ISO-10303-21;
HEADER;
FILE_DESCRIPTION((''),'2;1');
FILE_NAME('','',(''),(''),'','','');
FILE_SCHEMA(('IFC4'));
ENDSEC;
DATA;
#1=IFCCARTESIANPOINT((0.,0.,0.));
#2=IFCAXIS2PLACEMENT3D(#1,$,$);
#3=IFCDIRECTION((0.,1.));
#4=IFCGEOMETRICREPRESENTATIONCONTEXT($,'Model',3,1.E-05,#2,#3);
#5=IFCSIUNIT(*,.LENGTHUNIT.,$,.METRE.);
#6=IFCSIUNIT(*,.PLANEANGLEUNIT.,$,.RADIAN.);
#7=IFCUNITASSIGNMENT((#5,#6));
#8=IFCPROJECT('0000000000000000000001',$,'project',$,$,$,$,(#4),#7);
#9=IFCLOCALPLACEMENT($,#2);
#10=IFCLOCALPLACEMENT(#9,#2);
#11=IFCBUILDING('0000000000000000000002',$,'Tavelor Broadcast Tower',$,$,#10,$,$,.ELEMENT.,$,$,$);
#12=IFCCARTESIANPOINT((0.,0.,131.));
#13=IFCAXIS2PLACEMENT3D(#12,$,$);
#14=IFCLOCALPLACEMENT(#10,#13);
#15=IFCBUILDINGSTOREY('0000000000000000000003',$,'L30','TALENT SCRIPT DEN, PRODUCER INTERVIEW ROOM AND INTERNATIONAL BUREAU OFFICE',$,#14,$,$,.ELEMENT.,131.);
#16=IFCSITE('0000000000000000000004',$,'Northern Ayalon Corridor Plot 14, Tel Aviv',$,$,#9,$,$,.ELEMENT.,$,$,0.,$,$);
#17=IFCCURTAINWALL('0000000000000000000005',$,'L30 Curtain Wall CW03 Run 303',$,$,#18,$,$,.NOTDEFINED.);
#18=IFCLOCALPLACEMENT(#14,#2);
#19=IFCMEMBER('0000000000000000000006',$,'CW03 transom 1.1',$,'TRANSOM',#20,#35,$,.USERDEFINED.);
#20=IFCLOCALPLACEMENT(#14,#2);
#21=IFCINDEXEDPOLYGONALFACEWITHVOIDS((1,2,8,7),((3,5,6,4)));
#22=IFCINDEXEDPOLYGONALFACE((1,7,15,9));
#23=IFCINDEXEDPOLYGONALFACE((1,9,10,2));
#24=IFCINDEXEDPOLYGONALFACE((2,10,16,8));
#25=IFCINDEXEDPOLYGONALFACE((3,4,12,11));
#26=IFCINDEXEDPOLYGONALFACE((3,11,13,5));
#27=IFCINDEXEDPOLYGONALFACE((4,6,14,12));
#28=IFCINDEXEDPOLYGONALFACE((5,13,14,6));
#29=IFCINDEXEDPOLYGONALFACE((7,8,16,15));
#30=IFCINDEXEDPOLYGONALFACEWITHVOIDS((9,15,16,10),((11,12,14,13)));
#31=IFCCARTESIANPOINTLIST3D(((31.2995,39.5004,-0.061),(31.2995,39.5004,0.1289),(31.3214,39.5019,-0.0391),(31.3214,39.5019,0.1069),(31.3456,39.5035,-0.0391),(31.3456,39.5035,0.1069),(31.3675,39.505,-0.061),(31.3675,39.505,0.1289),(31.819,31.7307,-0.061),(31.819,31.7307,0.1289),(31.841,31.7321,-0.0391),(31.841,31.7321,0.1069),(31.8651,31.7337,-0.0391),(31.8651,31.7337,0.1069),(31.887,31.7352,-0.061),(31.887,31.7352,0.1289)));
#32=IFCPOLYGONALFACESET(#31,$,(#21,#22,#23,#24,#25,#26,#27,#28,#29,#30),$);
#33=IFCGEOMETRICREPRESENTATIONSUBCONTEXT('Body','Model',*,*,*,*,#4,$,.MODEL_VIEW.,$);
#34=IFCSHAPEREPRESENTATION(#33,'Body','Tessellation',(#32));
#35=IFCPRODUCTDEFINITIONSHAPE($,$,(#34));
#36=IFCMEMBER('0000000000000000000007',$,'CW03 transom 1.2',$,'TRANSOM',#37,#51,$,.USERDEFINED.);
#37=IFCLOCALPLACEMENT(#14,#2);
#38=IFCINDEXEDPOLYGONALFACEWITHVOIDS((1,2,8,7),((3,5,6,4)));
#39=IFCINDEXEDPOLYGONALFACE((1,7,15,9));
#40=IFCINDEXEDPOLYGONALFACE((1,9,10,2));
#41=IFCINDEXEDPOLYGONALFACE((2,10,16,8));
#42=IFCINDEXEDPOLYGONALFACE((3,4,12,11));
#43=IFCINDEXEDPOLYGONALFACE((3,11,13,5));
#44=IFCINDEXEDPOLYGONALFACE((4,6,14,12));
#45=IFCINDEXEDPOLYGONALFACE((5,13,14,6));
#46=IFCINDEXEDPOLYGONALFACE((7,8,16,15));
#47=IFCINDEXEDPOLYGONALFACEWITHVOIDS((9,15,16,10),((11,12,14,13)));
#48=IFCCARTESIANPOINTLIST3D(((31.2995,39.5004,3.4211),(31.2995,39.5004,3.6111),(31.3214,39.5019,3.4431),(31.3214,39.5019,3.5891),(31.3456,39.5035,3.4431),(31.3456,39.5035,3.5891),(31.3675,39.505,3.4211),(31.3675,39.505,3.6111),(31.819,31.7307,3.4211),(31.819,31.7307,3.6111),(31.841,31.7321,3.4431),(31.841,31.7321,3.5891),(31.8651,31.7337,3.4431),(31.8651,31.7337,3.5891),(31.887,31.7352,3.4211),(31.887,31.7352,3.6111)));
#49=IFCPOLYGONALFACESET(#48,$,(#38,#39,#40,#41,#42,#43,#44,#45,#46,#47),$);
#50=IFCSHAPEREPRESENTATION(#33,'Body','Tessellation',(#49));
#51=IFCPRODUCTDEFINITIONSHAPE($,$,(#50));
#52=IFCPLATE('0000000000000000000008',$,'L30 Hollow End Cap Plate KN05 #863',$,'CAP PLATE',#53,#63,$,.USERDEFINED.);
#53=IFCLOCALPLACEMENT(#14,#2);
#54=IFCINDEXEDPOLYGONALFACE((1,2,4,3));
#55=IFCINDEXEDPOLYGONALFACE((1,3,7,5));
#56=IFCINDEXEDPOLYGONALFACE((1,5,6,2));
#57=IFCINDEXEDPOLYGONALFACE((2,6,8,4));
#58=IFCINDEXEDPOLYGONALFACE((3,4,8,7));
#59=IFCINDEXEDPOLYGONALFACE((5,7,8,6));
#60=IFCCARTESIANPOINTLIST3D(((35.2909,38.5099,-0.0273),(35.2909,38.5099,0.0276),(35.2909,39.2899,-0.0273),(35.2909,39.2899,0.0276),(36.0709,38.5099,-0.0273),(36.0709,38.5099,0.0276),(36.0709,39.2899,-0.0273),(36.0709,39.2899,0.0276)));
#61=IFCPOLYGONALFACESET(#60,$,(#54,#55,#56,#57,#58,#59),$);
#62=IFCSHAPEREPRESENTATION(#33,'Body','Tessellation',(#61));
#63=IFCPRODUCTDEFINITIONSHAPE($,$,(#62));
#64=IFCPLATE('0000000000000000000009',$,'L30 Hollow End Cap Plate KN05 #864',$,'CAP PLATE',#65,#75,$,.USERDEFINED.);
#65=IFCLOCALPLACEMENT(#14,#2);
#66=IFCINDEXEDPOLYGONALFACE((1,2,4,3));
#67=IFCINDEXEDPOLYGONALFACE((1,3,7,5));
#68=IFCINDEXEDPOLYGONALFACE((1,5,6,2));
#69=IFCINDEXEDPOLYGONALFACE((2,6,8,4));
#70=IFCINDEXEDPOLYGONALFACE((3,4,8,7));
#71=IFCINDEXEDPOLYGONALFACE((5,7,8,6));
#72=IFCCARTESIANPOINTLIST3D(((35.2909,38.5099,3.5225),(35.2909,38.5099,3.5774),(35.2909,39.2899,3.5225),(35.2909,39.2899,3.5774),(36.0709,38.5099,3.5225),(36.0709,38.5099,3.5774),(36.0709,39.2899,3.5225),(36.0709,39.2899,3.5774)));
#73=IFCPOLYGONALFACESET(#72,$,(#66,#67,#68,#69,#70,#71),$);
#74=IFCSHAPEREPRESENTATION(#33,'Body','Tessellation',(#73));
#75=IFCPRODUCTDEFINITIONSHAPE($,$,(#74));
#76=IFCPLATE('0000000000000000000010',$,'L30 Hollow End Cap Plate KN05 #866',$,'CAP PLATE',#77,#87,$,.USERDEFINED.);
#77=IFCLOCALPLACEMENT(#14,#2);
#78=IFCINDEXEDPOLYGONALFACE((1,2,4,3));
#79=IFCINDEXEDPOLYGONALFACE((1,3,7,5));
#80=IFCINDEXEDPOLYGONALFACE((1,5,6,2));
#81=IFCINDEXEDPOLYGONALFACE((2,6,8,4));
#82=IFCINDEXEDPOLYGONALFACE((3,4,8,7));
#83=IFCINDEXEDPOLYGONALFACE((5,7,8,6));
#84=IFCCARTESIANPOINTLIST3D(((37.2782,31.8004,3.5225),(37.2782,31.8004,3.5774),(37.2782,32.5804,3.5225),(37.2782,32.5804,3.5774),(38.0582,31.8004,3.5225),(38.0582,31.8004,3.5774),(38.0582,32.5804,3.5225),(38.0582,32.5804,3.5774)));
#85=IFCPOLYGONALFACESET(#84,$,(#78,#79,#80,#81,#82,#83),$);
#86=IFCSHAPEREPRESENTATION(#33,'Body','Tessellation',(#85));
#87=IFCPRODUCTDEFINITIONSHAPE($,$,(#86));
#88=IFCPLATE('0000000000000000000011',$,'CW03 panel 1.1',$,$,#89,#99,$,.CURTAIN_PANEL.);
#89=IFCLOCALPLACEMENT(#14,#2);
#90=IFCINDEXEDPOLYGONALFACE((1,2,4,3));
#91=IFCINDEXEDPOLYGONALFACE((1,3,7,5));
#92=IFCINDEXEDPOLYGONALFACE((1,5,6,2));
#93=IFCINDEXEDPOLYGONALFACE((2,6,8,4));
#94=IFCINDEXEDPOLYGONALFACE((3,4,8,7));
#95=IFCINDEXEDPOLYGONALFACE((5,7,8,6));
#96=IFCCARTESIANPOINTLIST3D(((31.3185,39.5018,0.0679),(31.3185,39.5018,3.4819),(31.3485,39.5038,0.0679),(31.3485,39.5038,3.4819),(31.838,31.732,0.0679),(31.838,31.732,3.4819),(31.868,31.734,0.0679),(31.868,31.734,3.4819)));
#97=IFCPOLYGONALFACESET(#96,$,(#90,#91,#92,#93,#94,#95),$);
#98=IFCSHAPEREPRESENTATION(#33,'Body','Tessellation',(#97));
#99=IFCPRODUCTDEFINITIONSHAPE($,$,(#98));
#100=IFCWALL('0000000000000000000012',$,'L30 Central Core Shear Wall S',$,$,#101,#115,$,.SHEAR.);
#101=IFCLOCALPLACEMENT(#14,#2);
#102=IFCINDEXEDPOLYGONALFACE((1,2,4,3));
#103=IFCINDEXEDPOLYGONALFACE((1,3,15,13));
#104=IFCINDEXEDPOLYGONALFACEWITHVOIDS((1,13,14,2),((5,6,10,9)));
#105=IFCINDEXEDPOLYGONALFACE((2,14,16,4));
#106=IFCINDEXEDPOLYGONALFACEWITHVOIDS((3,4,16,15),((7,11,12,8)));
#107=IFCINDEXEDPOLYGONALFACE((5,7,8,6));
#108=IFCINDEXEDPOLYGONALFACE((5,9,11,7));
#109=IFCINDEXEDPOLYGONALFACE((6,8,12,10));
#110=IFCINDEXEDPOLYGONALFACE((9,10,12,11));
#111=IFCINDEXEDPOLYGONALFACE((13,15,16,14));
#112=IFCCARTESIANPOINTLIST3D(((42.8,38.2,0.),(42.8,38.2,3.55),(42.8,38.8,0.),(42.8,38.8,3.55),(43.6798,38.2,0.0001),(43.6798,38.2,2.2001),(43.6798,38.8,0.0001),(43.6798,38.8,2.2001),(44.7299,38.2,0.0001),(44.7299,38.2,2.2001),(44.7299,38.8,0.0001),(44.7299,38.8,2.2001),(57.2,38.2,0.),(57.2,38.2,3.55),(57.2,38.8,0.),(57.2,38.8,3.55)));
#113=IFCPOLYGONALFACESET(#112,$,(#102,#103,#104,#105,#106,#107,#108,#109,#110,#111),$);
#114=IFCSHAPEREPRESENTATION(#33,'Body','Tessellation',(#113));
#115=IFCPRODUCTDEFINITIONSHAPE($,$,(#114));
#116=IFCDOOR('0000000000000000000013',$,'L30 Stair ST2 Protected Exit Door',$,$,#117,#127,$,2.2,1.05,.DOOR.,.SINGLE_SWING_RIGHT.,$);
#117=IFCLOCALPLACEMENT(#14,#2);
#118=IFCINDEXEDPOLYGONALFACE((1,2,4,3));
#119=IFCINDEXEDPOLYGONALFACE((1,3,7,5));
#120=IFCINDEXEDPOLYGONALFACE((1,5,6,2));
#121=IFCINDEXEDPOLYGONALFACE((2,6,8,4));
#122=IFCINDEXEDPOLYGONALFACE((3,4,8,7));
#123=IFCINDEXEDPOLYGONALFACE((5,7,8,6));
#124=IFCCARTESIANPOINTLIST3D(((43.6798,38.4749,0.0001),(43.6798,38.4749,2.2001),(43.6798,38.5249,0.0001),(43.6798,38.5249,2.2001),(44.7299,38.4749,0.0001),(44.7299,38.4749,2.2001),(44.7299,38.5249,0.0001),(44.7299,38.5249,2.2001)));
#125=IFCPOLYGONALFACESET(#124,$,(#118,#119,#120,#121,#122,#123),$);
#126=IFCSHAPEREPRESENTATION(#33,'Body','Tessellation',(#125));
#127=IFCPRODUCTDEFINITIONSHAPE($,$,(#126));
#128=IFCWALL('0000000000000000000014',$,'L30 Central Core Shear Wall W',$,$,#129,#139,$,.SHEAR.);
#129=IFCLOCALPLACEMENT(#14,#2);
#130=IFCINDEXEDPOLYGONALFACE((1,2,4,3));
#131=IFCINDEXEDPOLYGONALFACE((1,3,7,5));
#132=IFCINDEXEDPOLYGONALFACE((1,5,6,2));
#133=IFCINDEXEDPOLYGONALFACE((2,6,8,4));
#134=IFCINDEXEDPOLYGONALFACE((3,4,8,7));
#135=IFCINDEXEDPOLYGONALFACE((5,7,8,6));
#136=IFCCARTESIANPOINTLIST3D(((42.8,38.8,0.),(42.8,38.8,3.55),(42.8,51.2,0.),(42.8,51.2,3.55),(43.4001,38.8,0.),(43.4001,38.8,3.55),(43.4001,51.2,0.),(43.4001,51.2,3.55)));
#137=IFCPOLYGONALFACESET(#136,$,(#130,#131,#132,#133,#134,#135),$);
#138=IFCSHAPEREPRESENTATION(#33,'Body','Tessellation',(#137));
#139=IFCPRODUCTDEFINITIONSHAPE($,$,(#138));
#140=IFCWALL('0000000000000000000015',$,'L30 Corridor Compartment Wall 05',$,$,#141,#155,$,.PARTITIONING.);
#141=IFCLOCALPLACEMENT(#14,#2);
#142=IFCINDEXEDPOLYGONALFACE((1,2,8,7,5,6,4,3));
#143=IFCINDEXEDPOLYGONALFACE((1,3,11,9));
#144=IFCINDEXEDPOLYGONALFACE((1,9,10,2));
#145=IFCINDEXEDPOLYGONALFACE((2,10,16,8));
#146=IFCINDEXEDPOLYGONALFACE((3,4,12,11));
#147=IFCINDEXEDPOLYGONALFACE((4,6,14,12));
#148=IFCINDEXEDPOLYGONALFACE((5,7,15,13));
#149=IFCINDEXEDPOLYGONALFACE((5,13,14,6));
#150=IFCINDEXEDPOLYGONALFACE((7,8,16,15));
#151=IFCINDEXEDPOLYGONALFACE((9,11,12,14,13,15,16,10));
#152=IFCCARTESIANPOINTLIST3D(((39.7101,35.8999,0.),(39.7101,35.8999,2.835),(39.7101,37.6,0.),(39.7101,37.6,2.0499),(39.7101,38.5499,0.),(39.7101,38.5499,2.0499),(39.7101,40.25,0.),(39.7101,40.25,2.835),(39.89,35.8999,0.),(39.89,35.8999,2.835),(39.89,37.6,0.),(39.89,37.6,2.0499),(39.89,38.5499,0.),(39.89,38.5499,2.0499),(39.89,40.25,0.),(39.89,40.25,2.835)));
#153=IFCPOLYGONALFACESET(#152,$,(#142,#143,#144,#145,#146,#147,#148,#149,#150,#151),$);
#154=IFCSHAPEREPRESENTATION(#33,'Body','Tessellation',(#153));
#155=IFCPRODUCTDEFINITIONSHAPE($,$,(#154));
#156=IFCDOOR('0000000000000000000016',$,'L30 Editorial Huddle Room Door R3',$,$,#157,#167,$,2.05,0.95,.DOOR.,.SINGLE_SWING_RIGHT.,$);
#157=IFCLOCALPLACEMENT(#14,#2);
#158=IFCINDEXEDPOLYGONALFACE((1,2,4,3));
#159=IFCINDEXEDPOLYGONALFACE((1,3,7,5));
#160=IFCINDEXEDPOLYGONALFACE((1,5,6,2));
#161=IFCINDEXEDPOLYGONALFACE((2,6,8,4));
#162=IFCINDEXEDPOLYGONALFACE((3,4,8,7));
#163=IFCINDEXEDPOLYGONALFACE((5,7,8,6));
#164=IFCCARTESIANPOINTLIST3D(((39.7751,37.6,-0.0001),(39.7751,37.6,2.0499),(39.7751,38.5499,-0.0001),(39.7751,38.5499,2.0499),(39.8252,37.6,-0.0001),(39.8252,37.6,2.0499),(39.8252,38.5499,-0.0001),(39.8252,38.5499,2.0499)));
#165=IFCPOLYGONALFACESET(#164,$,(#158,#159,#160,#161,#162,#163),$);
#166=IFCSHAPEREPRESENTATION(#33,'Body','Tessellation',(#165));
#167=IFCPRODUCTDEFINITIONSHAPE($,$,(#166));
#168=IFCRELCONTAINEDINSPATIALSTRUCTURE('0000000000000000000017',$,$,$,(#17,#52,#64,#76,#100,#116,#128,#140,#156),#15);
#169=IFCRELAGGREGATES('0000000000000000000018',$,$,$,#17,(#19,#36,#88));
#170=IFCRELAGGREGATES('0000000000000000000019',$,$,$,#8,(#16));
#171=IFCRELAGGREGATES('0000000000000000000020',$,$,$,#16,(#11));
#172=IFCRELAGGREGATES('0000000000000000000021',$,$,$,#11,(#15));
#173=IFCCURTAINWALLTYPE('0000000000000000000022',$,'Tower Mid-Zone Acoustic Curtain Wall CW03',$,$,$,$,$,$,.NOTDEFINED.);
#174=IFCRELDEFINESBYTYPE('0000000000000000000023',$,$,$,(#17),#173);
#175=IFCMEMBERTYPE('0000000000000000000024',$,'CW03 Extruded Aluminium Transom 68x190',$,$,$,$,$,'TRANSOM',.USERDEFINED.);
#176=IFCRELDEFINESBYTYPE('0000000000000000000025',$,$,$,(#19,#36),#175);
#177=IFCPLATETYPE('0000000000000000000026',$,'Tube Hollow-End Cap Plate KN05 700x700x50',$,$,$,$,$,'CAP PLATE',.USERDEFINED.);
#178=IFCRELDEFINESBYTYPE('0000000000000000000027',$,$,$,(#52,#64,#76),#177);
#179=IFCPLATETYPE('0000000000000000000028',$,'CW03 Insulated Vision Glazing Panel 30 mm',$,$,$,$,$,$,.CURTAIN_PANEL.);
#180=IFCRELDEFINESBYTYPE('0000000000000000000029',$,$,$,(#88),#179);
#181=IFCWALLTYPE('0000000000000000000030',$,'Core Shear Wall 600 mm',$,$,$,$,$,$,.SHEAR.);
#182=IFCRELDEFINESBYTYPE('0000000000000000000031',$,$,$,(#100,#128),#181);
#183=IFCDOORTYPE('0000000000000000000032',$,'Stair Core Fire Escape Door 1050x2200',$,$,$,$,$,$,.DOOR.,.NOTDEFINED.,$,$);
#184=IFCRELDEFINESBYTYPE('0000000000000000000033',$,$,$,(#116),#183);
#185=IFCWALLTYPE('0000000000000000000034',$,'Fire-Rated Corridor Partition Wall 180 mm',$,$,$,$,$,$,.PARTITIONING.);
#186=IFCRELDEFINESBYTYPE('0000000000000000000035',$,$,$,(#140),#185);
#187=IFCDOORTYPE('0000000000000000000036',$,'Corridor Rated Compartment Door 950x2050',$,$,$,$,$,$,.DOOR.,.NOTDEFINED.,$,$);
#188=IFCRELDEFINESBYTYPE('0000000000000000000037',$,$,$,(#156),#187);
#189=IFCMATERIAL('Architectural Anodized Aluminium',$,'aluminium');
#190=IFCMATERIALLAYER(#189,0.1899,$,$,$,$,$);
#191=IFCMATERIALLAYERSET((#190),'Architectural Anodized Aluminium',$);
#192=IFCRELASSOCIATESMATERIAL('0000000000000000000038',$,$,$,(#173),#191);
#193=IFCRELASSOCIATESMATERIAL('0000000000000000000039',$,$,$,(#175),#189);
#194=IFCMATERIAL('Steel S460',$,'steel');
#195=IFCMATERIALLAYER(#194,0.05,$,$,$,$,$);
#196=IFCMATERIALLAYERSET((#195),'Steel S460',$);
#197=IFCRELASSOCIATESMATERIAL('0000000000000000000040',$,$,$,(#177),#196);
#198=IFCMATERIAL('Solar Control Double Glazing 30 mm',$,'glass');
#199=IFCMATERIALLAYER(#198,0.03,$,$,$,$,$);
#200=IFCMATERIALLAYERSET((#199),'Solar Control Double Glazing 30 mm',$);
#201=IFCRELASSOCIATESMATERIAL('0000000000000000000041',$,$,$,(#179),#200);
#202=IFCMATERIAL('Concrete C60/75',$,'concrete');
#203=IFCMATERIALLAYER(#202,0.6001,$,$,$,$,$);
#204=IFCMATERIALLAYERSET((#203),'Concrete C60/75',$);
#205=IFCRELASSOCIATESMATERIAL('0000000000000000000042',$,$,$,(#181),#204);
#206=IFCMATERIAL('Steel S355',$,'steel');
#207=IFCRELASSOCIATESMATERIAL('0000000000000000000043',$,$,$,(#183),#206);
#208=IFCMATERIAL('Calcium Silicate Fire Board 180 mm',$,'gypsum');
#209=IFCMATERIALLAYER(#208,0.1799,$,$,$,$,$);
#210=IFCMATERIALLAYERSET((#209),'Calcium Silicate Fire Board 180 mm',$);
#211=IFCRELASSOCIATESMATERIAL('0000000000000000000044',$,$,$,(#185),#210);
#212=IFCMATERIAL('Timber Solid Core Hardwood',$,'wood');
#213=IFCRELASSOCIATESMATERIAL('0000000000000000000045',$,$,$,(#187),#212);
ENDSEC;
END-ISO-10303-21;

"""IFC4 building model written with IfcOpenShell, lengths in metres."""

from ifc_helpers import new_model, si_unit, direction, frame, frame_2d, origin, origin_2d, place, context, subcontext, project, spatial, rectangle, hollow_rectangle, extrude, source, transform, mapped, material, layer, layer_set, material_profile, profile_set, type_object, type_shapes, element, fill, aggregate, save


model = new_model("IFC4")

# Units and contexts
model_context = context("Model", 3, precision=1e-05, world=origin(), true_north=direction((0.0, 1.0)))
body_context = subcontext(model_context, "Body", "Model", "MODEL_VIEW")
ifc_project = project(units=[si_unit("LENGTHUNIT", "METRE"), si_unit("PLANEANGLEUNIT", "RADIAN")], contexts=[model_context])

# Site, building, storey
site_placement = place(None, origin())
site = spatial("IfcSite", under=ifc_project, at=site_placement, Name="Northern Ayalon Corridor Plot 14, Tel Aviv", CompositionType="ELEMENT", RefElevation=0.0)
building_placement = place(site_placement, origin())
building = spatial("IfcBuilding", under=site, at=building_placement, Name="Tavelor Broadcast Tower", CompositionType="ELEMENT")
storey_placement = place(building_placement, frame((0.0, 0.0, 131.0)))
storey = spatial("IfcBuildingStorey", under=building, at=storey_placement, Name="L30", Description="TALENT SCRIPT DEN, PRODUCER INTERVIEW ROOM AND INTERNATIONAL BUREAU OFFICE", CompositionType="ELEMENT", Elevation=131.0)

# Shared definitions
ifc_material_1 = material(Name="Steel S460", Category="steel")

# Shared definitions
ifc_material_2 = material(Name="Steel S355", Category="steel")

# Curtain wall, members
ifc_material_3 = material(Name="Architectural Anodized Aluminium", Category="aluminium")
ifc_layer_1 = layer(ifc_material_3, 0.1899)
ifc_layer_set_1 = layer_set([ifc_layer_1], Name="Architectural Anodized Aluminium")
curtain_wall_type = type_object("IfcCurtainWallType", Name="Tower Mid-Zone Acoustic Curtain Wall CW03", PredefinedType="NOTDEFINED", material=ifc_layer_set_1)
curtain_wall_placement = place(storey_placement, origin())
curtain_wall = element("IfcCurtainWall", 1, at=curtain_wall_placement, inside=storey, type_object=curtain_wall_type, Name="L30 Curtain Wall CW03 Run 303", PredefinedType="NOTDEFINED")
ifc_material_profile_1 = material_profile(ifc_material_3, hollow_rectangle(XDim=0.0681, YDim=0.1899, WallThickness=0.022, at=origin_2d()), Name="RHS 68x190x22")
ifc_profile_set_1 = profile_set([ifc_material_profile_1], Name="Architectural Anodized Aluminium")
member_type = type_object("IfcMemberType", Name="CW03 Extruded Aluminium Transom 68x190", ElementType="TRANSOM", PredefinedType="USERDEFINED", material=ifc_profile_set_1)
shared_shape_1 = source(origin(), body_context, "Body", "SweptSolid", [
    extrude(hollow_rectangle(XDim=0.0681, YDim=0.1899, WallThickness=0.022, at=origin_2d()), origin(), (0.0, 0.0, 1.0), 7.7871),
])
type_shapes(member_type, [shared_shape_1])
member_1_placement = place(storey_placement, frame((31.3335, 39.5027, 0.0339), z_axis=(0.066717, -0.997772, 0.0), x_axis=(0.997772, 0.066717, 0.0)))
member_1 = element("IfcMember", 2, at=member_1_placement, type_object=member_type, Name="CW03 transom 1.1", ObjectType="TRANSOM", PredefinedType="USERDEFINED", context=body_context, shape_type="MappedRepresentation", body=[
    mapped(shared_shape_1, transform((0.0, 0.0, 0.0), scale=1.0)),
])
member_2_placement = place(storey_placement, frame((31.3335, 39.5027, 3.5161), z_axis=(0.066717, -0.997772, 0.0), x_axis=(0.997772, 0.066717, 0.0)))
member_2 = element("IfcMember", 3, at=member_2_placement, type_object=member_type, Name="CW03 transom 1.2", ObjectType="TRANSOM", PredefinedType="USERDEFINED", context=body_context, shape_type="MappedRepresentation", body=[
    mapped(shared_shape_1, transform((0.0, 0.0, 0.0), scale=1.0)),
])

# Plates
ifc_layer_2 = layer(ifc_material_1, 0.05)
ifc_layer_set_2 = layer_set([ifc_layer_2], Name="Steel S460")
plate_type_1 = type_object("IfcPlateType", Name="Tube Hollow-End Cap Plate KN05 700x700x50", ElementType="CAP PLATE", PredefinedType="USERDEFINED", material=ifc_layer_set_2)
shared_shape_2 = source(origin(), body_context, "Body", "SweptSolid", [
    extrude(rectangle(XDim=0.78, YDim=0.78, at=origin_2d()), origin(), (0.0, 0.0, 1.0), 0.0549),
])
type_shapes(plate_type_1, [shared_shape_2])
for number, where, z_axis, x_axis, name in (
    (4, (35.6809, 38.8999, -0.0273), (0.0, 0.0, 1.0), (1.0, 0.0, 0.0), "L30 Hollow End Cap Plate KN05 #863"),
    (5, (35.6809, 38.8999, 3.5225), (0.0, 0.0, 1.0), (1.0, 0.0, 0.0), "L30 Hollow End Cap Plate KN05 #864"),
    (6, (37.6682, 32.1904, 3.5225), (0.0, 0.0, 1.0), (1.0, 0.0, 0.0), "L30 Hollow End Cap Plate KN05 #866"),
):
    element("IfcPlate", number, at=place(storey_placement, frame(where, z_axis=z_axis, x_axis=x_axis)), inside=storey, type_object=plate_type_1, Name=name, ObjectType="CAP PLATE", PredefinedType="USERDEFINED", context=body_context, shape_type="MappedRepresentation", body=[
        mapped(shared_shape_2, transform((0.0, 0.0, 0.0), scale=1.0)),
    ])

# Plate
ifc_material_4 = material(Name="Solar Control Double Glazing 30 mm", Category="glass")
ifc_layer_3 = layer(ifc_material_4, 0.03)
ifc_layer_set_3 = layer_set([ifc_layer_3], Name="Solar Control Double Glazing 30 mm")
plate_type_2 = type_object("IfcPlateType", Name="CW03 Insulated Vision Glazing Panel 30 mm", PredefinedType="CURTAIN_PANEL", material=ifc_layer_set_3)
shared_shape_3 = source(origin(), body_context, "Body", "SweptSolid", [
    extrude(rectangle(XDim=7.7871, YDim=0.03, at=origin_2d()), origin(), (0.0, 0.0, 1.0), 3.4141),
])
type_shapes(plate_type_2, [shared_shape_3])
plate_placement = place(storey_placement, frame((31.5933, 35.6179, 0.0679), z_axis=(0.0, 0.0, 1.0), x_axis=(0.066716, -0.997772, 0.0)))
plate = element("IfcPlate", 7, at=plate_placement, type_object=plate_type_2, Name="CW03 panel 1.1", PredefinedType="CURTAIN_PANEL", context=body_context, shape_type="MappedRepresentation", body=[
    mapped(shared_shape_3, transform((0.0, 0.0, 0.0), scale=1.0)),
])
aggregate(curtain_wall, [member_1, member_2, plate])

# Wall, opening, door
ifc_material_5 = material(Name="Concrete C60/75", Category="concrete")
ifc_layer_4 = layer(ifc_material_5, 0.6001)
ifc_layer_set_4 = layer_set([ifc_layer_4], Name="Concrete C60/75")
wall_type_1 = type_object("IfcWallType", Name="Core Shear Wall 600 mm", PredefinedType="SHEAR", material=ifc_layer_set_4)
wall_1_placement = place(storey_placement, frame((42.8, 38.5, 0.0), z_axis=(0.0, 0.0, 1.0), x_axis=(1.0, 0.0, 0.0)))
wall_1 = element("IfcWall", 8, at=wall_1_placement, inside=storey, type_object=wall_type_1, Name="L30 Central Core Shear Wall S", PredefinedType="SHEAR", context=body_context, shape_type="SweptSolid", body=[
    extrude(rectangle(XDim=14.3999, YDim=0.6001, at=frame_2d((7.2, 0.0))), origin(), (0.0, 0.0, 1.0), 3.55),
])
opening_1_placement = place(wall_1_placement, frame((0.8799, 0.0, 0.0)))
opening_1 = element("IfcOpeningElement", 9, at=opening_1_placement, cuts=wall_1, PredefinedType="OPENING", context=body_context, shape_type="SweptSolid", body=[
    extrude(rectangle(XDim=1.05, YDim=2.2, at=frame_2d((0.5249, 1.1001))), frame((0.0, 0.3101, 0.0), z_axis=(0.0, -1.0, 0.0), x_axis=(1.0, 0.0, 0.0)), (0.0, 0.0, 1.0), 0.6201),
])
door_type_1 = type_object("IfcDoorType", Name="Stair Core Fire Escape Door 1050x2200", OperationType="NOTDEFINED", PredefinedType="DOOR", material=ifc_material_2)
door_1_placement = place(opening_1_placement, origin())
door_1 = element("IfcDoor", 10, at=door_1_placement, inside=storey, type_object=door_type_1, Name="L30 Stair ST2 Protected Exit Door", OperationType="SINGLE_SWING_RIGHT", OverallHeight=2.2, OverallWidth=1.05, PredefinedType="DOOR", context=body_context, shape_type="SweptSolid", body=[
    extrude(rectangle(XDim=1.05, YDim=2.2, at=frame_2d((0.5249, 1.1001))), frame((0.0, 0.0249, 0.0), z_axis=(0.0, -1.0, 0.0), x_axis=(1.0, 0.0, 0.0)), (0.0, 0.0, 1.0), 0.05),
])
fill(opening_1, door_1)

# Wall
wall_2_placement = place(storey_placement, frame((43.1001, 38.8, 0.0), z_axis=(0.0, 0.0, 1.0), x_axis=(0.0, 1.0, 0.0)))
element("IfcWall", 11, at=wall_2_placement, inside=storey, type_object=wall_type_1, Name="L30 Central Core Shear Wall W", PredefinedType="SHEAR", context=body_context, shape_type="SweptSolid", body=[
    extrude(rectangle(XDim=12.3999, YDim=0.6001, at=frame_2d((6.2, 0.0))), origin(), (0.0, 0.0, 1.0), 3.55),
])

# Wall, opening, door
ifc_material_6 = material(Name="Calcium Silicate Fire Board 180 mm", Category="gypsum")
ifc_layer_5 = layer(ifc_material_6, 0.1799)
ifc_layer_set_5 = layer_set([ifc_layer_5], Name="Calcium Silicate Fire Board 180 mm")
wall_type_2 = type_object("IfcWallType", Name="Fire-Rated Corridor Partition Wall 180 mm", PredefinedType="PARTITIONING", material=ifc_layer_set_5)
wall_3_placement = place(storey_placement, frame((39.8, 35.8999, 0.0), z_axis=(0.0, 0.0, 1.0), x_axis=(0.0, 1.0, 0.0)))
wall_3 = element("IfcWall", 12, at=wall_3_placement, inside=storey, type_object=wall_type_2, Name="L30 Corridor Compartment Wall 05", PredefinedType="PARTITIONING", context=body_context, shape_type="SweptSolid", body=[
    extrude(rectangle(XDim=4.3501, YDim=0.1799, at=frame_2d((2.175, 0.0))), origin(), (0.0, 0.0, 1.0), 2.835),
])
opening_2_placement = place(wall_3_placement, frame((1.7, 0.0, 0.0)))
opening_2 = element("IfcOpeningElement", 13, at=opening_2_placement, cuts=wall_3, PredefinedType="OPENING", context=body_context, shape_type="SweptSolid", body=[
    extrude(rectangle(XDim=0.95, YDim=2.05, at=frame_2d((0.4751, 1.0249))), frame((0.0, 0.1001, 0.0), z_axis=(0.0, -1.0, 0.0), x_axis=(1.0, 0.0, 0.0)), (0.0, 0.0, 1.0), 0.2),
])
ifc_material_7 = material(Name="Timber Solid Core Hardwood", Category="wood")
door_type_2 = type_object("IfcDoorType", Name="Corridor Rated Compartment Door 950x2050", OperationType="NOTDEFINED", PredefinedType="DOOR", material=ifc_material_7)
door_2_placement = place(opening_2_placement, origin())
door_2 = element("IfcDoor", 14, at=door_2_placement, inside=storey, type_object=door_type_2, Name="L30 Editorial Huddle Room Door R3", OperationType="SINGLE_SWING_RIGHT", OverallHeight=2.05, OverallWidth=0.95, PredefinedType="DOOR", context=body_context, shape_type="SweptSolid", body=[
    extrude(rectangle(XDim=0.95, YDim=2.05, at=frame_2d((0.4751, 1.0249))), frame((0.0, 0.0249, 0.0), z_axis=(0.0, -1.0, 0.0), x_axis=(1.0, 0.0, 0.0)), (0.0, 0.0, 1.0), 0.05),
])
fill(opening_2, door_2)

save(model, "model.ifc")
